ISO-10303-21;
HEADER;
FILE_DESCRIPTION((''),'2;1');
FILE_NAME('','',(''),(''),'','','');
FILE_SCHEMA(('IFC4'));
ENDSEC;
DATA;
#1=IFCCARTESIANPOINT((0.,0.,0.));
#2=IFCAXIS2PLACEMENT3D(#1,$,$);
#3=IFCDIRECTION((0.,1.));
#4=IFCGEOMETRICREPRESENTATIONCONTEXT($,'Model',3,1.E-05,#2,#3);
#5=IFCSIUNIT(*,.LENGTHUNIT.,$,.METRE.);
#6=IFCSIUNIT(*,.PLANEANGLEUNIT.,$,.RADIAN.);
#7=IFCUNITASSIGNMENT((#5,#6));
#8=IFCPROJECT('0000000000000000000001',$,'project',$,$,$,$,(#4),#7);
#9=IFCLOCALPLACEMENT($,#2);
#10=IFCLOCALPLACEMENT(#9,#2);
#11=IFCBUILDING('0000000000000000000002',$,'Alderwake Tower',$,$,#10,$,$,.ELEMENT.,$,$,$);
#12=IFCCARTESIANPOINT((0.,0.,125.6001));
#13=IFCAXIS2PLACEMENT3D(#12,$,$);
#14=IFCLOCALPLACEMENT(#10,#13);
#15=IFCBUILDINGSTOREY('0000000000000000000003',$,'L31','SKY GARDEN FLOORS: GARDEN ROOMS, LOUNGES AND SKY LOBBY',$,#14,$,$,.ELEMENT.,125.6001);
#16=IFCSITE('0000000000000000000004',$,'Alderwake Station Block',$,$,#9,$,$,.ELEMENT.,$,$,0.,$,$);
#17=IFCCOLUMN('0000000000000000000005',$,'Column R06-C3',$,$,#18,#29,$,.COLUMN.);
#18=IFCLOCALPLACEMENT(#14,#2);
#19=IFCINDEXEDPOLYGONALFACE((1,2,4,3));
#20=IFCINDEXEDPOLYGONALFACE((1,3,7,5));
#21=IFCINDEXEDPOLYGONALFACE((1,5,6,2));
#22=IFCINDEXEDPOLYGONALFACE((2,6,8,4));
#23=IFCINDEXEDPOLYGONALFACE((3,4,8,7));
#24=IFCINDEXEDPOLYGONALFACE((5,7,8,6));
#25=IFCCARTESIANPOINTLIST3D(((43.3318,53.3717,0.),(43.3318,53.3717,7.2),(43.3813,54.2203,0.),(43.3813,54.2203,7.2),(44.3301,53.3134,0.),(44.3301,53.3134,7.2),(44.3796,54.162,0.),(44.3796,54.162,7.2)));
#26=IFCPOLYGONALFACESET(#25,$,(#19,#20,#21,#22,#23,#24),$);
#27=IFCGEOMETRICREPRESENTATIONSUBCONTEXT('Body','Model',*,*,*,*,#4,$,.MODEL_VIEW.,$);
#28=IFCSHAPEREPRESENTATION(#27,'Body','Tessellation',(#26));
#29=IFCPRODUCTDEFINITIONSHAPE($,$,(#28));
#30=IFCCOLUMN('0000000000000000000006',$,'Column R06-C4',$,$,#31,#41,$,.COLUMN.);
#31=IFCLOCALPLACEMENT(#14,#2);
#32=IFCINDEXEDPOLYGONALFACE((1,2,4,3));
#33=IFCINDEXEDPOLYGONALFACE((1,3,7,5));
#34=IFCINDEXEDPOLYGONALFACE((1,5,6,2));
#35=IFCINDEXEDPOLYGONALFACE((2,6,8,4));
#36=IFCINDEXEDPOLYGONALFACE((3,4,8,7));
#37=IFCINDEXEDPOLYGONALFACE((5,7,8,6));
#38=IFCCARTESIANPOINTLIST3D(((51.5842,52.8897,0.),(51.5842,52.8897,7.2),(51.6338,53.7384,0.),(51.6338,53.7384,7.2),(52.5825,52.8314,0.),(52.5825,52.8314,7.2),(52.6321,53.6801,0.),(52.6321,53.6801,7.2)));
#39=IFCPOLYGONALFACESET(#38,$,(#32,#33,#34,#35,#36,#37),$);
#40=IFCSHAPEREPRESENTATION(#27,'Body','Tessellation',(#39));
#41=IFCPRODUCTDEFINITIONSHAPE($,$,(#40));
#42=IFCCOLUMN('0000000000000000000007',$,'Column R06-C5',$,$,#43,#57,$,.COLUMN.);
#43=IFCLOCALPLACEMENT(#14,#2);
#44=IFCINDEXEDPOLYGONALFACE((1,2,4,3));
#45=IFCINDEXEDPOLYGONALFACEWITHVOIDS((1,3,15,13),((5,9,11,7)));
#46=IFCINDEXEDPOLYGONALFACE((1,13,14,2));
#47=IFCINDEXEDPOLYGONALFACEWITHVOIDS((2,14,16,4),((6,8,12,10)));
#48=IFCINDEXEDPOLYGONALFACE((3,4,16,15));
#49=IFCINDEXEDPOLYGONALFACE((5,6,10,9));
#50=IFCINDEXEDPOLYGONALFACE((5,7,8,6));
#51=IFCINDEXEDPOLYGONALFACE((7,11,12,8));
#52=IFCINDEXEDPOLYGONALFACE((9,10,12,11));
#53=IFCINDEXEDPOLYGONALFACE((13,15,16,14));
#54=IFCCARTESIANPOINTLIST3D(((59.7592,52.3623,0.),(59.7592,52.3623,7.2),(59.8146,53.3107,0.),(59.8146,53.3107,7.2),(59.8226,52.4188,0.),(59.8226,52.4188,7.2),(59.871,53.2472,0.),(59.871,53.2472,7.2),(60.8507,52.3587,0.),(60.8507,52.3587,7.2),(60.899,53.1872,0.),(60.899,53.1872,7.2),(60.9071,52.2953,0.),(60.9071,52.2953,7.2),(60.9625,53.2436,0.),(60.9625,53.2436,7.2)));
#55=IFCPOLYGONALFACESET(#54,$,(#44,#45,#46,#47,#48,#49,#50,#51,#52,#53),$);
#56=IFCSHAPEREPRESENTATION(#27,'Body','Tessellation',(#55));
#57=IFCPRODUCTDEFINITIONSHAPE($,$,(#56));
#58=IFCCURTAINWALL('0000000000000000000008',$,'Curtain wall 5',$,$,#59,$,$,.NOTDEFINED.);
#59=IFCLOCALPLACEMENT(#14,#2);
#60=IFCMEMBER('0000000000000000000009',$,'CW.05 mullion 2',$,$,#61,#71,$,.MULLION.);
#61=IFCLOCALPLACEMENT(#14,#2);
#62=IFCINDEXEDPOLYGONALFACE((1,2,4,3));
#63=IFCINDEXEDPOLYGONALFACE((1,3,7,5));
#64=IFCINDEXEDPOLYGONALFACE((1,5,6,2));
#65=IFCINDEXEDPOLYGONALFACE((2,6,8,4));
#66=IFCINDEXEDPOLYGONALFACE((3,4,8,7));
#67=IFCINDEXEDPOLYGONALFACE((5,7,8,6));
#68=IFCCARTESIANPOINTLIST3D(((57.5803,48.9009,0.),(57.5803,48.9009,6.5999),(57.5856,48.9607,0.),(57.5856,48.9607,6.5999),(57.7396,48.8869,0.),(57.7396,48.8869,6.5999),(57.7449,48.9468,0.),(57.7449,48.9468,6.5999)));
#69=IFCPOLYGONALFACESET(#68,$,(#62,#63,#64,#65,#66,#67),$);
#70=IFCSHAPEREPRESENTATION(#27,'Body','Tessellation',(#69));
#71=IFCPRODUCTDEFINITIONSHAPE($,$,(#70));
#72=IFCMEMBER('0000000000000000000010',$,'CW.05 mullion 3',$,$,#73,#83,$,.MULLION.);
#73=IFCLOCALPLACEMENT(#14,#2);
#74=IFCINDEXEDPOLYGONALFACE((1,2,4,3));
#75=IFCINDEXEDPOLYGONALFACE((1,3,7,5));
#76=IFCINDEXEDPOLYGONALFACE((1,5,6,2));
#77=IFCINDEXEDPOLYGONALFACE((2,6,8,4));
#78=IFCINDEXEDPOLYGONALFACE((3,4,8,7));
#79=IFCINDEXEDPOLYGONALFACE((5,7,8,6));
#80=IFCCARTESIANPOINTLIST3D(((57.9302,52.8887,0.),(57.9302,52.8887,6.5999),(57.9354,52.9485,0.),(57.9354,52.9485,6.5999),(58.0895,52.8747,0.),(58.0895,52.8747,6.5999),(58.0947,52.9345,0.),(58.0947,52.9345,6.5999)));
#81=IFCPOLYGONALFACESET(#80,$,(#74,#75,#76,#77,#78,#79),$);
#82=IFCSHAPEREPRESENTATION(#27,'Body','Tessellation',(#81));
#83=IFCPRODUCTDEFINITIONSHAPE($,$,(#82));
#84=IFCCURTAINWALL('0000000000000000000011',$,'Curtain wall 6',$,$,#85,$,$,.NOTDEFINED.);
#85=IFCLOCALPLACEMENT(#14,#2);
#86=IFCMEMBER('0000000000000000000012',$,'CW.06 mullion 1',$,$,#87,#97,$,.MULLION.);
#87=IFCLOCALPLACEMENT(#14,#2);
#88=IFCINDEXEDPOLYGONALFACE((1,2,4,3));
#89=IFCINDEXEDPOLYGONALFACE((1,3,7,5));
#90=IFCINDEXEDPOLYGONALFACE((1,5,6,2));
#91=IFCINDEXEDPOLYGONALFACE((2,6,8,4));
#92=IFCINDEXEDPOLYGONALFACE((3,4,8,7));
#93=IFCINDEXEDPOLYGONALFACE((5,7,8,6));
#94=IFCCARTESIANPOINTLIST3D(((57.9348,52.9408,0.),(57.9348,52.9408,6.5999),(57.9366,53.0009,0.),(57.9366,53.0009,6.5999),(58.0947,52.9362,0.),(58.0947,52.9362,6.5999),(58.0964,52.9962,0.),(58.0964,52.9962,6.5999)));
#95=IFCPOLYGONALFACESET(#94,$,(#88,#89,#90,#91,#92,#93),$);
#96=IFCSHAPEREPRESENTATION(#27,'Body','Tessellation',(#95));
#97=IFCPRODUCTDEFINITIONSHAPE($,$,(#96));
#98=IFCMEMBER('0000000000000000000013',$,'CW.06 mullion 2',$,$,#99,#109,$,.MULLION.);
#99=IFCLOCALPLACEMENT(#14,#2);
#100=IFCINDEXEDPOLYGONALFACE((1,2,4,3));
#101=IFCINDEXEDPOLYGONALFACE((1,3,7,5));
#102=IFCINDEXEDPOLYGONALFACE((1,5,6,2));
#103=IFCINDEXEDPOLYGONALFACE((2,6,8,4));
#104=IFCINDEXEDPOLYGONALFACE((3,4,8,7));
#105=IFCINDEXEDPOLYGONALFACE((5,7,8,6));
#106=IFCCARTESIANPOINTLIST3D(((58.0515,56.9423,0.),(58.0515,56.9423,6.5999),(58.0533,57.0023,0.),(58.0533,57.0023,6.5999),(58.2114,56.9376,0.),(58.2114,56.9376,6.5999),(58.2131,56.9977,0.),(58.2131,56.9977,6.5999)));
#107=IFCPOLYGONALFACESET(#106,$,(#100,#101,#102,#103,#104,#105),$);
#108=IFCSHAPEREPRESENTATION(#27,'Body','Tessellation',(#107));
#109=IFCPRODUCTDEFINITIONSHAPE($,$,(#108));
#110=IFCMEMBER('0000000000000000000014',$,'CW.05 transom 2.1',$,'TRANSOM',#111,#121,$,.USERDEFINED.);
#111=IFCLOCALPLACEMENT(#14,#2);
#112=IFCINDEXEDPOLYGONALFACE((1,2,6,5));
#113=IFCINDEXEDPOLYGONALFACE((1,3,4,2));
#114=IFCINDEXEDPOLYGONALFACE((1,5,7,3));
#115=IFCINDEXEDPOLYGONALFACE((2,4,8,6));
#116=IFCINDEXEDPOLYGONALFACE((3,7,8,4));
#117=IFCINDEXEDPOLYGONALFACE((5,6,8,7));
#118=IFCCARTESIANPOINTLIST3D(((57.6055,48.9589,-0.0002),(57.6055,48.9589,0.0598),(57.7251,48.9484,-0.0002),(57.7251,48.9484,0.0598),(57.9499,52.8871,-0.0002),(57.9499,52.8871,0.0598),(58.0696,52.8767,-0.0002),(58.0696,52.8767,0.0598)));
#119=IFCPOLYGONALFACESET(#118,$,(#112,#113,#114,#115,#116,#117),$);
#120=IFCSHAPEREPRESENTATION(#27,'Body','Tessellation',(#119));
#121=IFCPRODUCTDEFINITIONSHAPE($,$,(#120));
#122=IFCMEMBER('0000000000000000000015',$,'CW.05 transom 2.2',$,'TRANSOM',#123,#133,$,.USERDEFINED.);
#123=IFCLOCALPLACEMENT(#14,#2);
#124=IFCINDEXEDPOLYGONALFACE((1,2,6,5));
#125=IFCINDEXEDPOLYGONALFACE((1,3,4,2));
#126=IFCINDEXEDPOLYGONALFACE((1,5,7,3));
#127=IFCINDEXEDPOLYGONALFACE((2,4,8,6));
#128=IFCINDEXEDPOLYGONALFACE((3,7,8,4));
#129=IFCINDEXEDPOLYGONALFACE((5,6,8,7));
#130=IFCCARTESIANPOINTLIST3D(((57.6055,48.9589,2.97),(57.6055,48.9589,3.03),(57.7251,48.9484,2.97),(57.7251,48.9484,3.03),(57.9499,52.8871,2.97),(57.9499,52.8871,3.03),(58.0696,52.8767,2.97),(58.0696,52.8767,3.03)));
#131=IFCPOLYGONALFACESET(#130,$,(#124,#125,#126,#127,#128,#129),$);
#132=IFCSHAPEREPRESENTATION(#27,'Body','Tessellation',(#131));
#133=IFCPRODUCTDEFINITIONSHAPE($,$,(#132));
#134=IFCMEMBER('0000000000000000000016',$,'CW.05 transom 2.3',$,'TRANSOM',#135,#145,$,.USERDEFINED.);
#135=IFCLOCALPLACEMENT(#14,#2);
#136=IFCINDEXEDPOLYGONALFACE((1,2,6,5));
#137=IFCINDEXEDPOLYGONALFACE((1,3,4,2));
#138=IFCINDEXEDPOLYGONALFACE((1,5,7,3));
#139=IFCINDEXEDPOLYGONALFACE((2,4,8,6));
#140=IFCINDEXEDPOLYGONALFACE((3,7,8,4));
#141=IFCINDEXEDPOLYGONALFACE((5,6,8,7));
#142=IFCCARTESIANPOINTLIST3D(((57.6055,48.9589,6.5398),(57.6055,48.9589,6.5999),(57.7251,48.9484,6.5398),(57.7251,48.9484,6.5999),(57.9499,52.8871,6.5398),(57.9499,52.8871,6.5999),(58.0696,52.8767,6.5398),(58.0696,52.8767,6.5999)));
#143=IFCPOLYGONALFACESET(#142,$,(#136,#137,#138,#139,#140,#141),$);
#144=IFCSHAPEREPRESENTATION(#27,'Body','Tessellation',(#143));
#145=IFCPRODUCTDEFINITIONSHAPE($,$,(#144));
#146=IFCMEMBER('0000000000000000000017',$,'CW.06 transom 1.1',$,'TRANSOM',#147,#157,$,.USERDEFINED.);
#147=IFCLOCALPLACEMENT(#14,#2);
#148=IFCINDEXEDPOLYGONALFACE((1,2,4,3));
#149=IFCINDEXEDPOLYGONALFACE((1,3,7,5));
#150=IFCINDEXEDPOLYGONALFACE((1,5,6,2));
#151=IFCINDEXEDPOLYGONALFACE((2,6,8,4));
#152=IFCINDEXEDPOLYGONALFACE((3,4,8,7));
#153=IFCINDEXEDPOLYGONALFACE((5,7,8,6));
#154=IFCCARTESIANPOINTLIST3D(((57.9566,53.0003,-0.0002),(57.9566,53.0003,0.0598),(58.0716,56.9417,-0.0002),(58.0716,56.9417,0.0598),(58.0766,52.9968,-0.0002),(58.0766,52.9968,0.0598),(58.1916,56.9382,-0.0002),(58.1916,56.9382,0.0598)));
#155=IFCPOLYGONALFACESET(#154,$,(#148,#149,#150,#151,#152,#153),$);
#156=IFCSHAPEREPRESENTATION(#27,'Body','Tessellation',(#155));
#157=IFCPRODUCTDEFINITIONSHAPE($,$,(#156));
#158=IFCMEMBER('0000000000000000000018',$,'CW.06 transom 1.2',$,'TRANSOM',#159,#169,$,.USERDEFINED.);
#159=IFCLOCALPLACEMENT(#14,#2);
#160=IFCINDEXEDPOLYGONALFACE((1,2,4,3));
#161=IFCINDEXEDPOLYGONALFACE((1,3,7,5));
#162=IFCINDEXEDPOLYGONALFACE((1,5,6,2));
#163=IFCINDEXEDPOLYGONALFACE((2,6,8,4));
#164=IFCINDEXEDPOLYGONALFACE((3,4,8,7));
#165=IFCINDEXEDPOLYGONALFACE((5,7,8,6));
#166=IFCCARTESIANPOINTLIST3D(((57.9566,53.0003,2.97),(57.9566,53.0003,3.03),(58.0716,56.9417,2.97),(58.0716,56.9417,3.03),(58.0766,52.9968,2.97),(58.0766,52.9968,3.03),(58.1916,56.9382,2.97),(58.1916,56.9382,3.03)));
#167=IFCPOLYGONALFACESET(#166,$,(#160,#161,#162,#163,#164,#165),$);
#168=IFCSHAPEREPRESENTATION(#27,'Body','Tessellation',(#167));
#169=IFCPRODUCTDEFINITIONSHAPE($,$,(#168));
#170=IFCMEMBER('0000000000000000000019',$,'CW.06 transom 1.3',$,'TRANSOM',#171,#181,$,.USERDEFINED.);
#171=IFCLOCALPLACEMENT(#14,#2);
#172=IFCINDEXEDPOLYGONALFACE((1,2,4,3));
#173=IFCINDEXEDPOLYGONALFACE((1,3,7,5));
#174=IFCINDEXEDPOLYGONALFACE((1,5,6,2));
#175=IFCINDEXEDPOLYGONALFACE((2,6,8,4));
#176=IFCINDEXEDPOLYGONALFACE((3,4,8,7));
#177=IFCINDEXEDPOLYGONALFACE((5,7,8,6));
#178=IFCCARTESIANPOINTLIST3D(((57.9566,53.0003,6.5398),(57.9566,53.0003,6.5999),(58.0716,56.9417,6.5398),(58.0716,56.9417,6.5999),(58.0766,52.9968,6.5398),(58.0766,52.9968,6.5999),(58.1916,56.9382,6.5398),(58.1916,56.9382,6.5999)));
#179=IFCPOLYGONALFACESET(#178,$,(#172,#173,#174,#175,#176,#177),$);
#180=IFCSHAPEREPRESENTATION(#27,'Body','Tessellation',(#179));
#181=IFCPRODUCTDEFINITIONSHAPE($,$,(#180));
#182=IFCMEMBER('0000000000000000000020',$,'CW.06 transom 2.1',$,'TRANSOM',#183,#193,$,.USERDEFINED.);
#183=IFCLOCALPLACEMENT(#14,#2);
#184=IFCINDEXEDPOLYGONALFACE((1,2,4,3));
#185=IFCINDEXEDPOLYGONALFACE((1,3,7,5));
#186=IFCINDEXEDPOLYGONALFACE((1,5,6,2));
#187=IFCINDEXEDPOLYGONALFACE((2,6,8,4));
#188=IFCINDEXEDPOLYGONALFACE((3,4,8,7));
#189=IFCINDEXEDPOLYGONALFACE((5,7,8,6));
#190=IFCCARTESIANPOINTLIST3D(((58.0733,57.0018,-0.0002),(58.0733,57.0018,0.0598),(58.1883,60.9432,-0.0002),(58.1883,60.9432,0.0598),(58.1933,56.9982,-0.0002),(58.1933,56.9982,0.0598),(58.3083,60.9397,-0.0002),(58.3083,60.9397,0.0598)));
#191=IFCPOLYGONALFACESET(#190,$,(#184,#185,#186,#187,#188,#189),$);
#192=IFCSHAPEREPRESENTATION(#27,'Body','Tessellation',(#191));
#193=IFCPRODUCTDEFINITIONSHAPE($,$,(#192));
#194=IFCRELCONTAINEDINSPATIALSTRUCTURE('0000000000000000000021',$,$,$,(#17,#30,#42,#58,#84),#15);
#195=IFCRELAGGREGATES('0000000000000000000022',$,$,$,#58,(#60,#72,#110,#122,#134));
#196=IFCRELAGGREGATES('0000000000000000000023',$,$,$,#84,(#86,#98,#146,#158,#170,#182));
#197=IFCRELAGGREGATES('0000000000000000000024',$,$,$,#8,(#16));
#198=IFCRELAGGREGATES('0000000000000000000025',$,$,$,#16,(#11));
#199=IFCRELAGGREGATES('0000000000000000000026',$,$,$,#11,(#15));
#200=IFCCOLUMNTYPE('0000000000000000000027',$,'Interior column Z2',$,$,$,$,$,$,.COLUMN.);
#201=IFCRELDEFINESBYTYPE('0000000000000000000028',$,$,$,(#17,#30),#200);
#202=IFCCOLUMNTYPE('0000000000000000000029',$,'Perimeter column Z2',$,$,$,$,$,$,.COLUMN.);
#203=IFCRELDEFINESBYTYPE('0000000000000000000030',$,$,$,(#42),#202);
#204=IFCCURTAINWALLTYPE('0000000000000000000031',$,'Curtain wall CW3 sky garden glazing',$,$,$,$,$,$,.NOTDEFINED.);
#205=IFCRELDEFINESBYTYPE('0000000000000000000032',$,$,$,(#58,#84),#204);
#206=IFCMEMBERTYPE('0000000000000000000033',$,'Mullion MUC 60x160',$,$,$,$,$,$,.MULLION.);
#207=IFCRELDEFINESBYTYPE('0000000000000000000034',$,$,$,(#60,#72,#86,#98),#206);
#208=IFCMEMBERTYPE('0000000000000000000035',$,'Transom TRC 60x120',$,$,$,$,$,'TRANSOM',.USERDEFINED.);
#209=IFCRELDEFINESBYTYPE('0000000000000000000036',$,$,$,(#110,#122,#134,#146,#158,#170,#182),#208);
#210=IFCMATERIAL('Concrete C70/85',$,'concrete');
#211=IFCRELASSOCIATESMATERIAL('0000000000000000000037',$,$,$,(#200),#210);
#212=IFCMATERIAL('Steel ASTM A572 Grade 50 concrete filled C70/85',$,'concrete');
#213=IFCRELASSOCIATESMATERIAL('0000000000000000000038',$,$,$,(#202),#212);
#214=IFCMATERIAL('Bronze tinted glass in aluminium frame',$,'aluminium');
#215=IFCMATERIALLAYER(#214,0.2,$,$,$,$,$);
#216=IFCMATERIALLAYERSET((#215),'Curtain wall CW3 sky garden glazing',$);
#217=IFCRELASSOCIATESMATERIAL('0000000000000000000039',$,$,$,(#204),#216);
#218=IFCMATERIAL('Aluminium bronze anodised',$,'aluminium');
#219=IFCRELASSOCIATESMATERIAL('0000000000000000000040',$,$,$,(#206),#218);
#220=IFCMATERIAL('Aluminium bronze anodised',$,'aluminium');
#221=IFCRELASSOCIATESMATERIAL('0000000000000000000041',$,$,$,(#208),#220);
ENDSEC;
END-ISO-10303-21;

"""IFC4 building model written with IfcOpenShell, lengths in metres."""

from ifc_helpers import new_model, si_unit, direction, frame, origin, origin_2d, place, context, subcontext, project, spatial, rectangle, hollow_rectangle, extrude, material, layer, layer_set, material_profile, profile_set, type_object, element, aggregate, save


model = new_model("IFC4")

# Units and contexts
model_context = context("Model", 3, precision=1e-05, world=origin(), true_north=direction((0.0, 1.0)))
body_context = subcontext(model_context, "Body", "Model", "MODEL_VIEW")
ifc_project = project(units=[si_unit("LENGTHUNIT", "METRE"), si_unit("PLANEANGLEUNIT", "RADIAN")], contexts=[model_context])

# Site, building, storey
site_placement = place(None, origin())
site = spatial("IfcSite", under=ifc_project, at=site_placement, Name="Alderwake Station Block", CompositionType="ELEMENT", RefElevation=0.0)
building_placement = place(site_placement, origin())
building = spatial("IfcBuilding", under=site, at=building_placement, Name="Alderwake Tower", CompositionType="ELEMENT")
storey_placement = place(building_placement, frame((0.0, 0.0, 125.6001)))
storey = spatial("IfcBuildingStorey", under=building, at=storey_placement, Name="L31", Description="SKY GARDEN FLOORS: GARDEN ROOMS, LOUNGES AND SKY LOBBY", CompositionType="ELEMENT", Elevation=125.6001)

# Columns
ifc_material_1 = material(Name="Concrete C70/85", Category="concrete")
ifc_material_profile_1 = material_profile(ifc_material_1, rectangle(XDim=0.8501, YDim=1.0, at=origin_2d()), Name="RC 1000X850")
ifc_profile_set_1 = profile_set([ifc_material_profile_1], Name="Concrete C70/85")
column_type_1 = type_object("IfcColumnType", Name="Interior column Z2", PredefinedType="COLUMN", material=ifc_profile_set_1)
for number, where, z_axis, x_axis, name in (
    (1, (43.8557, 53.7668, 0.0), (0.0, 0.0, 1.0), (0.058299, 0.998299, 0.0), "Column R06-C3"),
    (2, (52.1082, 53.2849, 0.0), (0.0, 0.0, 1.0), (0.058301, 0.998299, 0.0), "Column R06-C4"),
):
    element("IfcColumn", number, at=place(storey_placement, frame(where, z_axis=z_axis, x_axis=x_axis)), inside=storey, type_object=column_type_1, Name=name, PredefinedType="COLUMN", context=body_context, shape_type="SweptSolid", body=[
        extrude(rectangle(XDim=0.8501, YDim=1.0, at=origin_2d()), origin(), (0.0, 0.0, 1.0), 7.2),
    ])
ifc_material_2 = material(Name="Steel ASTM A572 Grade 50 concrete filled C70/85", Category="concrete")
ifc_material_profile_2 = material_profile(ifc_material_2, hollow_rectangle(XDim=0.95, YDim=1.1499, WallThickness=0.0601, at=origin_2d()), Name="BOX 1150X950X60")
ifc_profile_set_2 = profile_set([ifc_material_profile_2], Name="Steel ASTM A572 Grade 50 concrete filled C70/85")
column_type_2 = type_object("IfcColumnType", Name="Perimeter column Z2", PredefinedType="COLUMN", material=ifc_profile_set_2)
column_placement = place(storey_placement, frame((60.3608, 52.803, 0.0), z_axis=(0.0, 0.0, 1.0), x_axis=(0.058299, 0.998299, 0.0)))
element("IfcColumn", 3, at=column_placement, inside=storey, type_object=column_type_2, Name="Column R06-C5", PredefinedType="COLUMN", context=body_context, shape_type="SweptSolid", body=[
    extrude(hollow_rectangle(XDim=0.95, YDim=1.1499, WallThickness=0.0601, at=origin_2d()), origin(), (0.0, 0.0, 1.0), 7.2),
])

# Curtain walls, members
ifc_material_3 = material(Name="Bronze tinted glass in aluminium frame", Category="aluminium")
ifc_layer_1 = layer(ifc_material_3, 0.2)
ifc_layer_set_1 = layer_set([ifc_layer_1], Name="Curtain wall CW3 sky garden glazing")
curtain_wall_type = type_object("IfcCurtainWallType", Name="Curtain wall CW3 sky garden glazing", PredefinedType="NOTDEFINED", material=ifc_layer_set_1)
curtain_wall_1_placement = place(storey_placement, origin())
curtain_wall_1 = element("IfcCurtainWall", 4, at=curtain_wall_1_placement, inside=storey, type_object=curtain_wall_type, Name="Curtain wall 5", PredefinedType="NOTDEFINED")
ifc_material_4 = material(Name="Aluminium bronze anodised", Category="aluminium")
ifc_material_profile_3 = material_profile(ifc_material_4, rectangle(XDim=0.1599, YDim=0.0601, at=origin_2d()), Name="Mullion MUC 60x160")
ifc_profile_set_3 = profile_set([ifc_material_profile_3], Name="Aluminium bronze anodised")
member_type_1 = type_object("IfcMemberType", Name="Mullion MUC 60x160", PredefinedType="MULLION", material=ifc_profile_set_3)
member_1_placement = place(storey_placement, frame((57.6626, 48.9238, 0.0), z_axis=(0.0, 0.0, 1.0), x_axis=(-0.996174, 0.087388, 0.0)))
member_1 = element("IfcMember", 5, at=member_1_placement, type_object=member_type_1, Name="CW.05 mullion 2", PredefinedType="MULLION", context=body_context, shape_type="SweptSolid", body=[
    extrude(rectangle(XDim=0.1599, YDim=0.0601, at=origin_2d()), origin(), (0.0, 0.0, 1.0), 6.5999),
])
member_2_placement = place(storey_placement, frame((58.0125, 52.9116, 0.0), z_axis=(0.0, 0.0, 1.0), x_axis=(-0.996174, 0.087388, 0.0)))
member_2 = element("IfcMember", 6, at=member_2_placement, type_object=member_type_1, Name="CW.05 mullion 3", PredefinedType="MULLION", context=body_context, shape_type="SweptSolid", body=[
    extrude(rectangle(XDim=0.1599, YDim=0.0601, at=origin_2d()), origin(), (0.0, 0.0, 1.0), 6.5999),
])
curtain_wall_2_placement = place(storey_placement, origin())
curtain_wall_2 = element("IfcCurtainWall", 7, at=curtain_wall_2_placement, inside=storey, type_object=curtain_wall_type, Name="Curtain wall 6", PredefinedType="NOTDEFINED")
member_3_placement = place(storey_placement, frame((58.0156, 52.9685, 0.0), z_axis=(0.0, 0.0, 1.0), x_axis=(-0.999575, 0.029158, 0.0)))
member_3 = element("IfcMember", 8, at=member_3_placement, type_object=member_type_1, Name="CW.06 mullion 1", PredefinedType="MULLION", context=body_context, shape_type="SweptSolid", body=[
    extrude(rectangle(XDim=0.1599, YDim=0.0601, at=origin_2d()), origin(), (0.0, 0.0, 1.0), 6.5999),
])
member_4_placement = place(storey_placement, frame((58.1323, 56.97, 0.0), z_axis=(0.0, 0.0, 1.0), x_axis=(-0.999575, 0.029158, 0.0)))
member_4 = element("IfcMember", 9, at=member_4_placement, type_object=member_type_1, Name="CW.06 mullion 2", PredefinedType="MULLION", context=body_context, shape_type="SweptSolid", body=[
    extrude(rectangle(XDim=0.1599, YDim=0.0601, at=origin_2d()), origin(), (0.0, 0.0, 1.0), 6.5999),
])

# Members
ifc_material_5 = material(Name="Aluminium bronze anodised", Category="aluminium")
ifc_material_profile_4 = material_profile(ifc_material_5, rectangle(XDim=0.1201, YDim=0.0601, at=origin_2d()), Name="Transom TRC 60x120")
ifc_profile_set_4 = profile_set([ifc_material_profile_4], Name="Aluminium bronze anodised")
member_type_2 = type_object("IfcMemberType", Name="Transom TRC 60x120", ElementType="TRANSOM", PredefinedType="USERDEFINED", material=ifc_profile_set_4)
member_5_placement = place(storey_placement, frame((57.6653, 48.9536, 0.0298), z_axis=(0.087359, 0.996177, 0.0), x_axis=(-0.996177, 0.087359, 0.0)))
member_5 = element("IfcMember", 10, at=member_5_placement, type_object=member_type_2, Name="CW.05 transom 2.1", ObjectType="TRANSOM", PredefinedType="USERDEFINED", context=body_context, shape_type="SweptSolid", body=[
    extrude(rectangle(XDim=0.1201, YDim=0.0601, at=origin_2d()), origin(), (0.0, 0.0, 1.0), 3.9434),
])
member_6_placement = place(storey_placement, frame((57.6653, 48.9536, 3.0), z_axis=(0.087359, 0.996177, 0.0), x_axis=(-0.996177, 0.087359, 0.0)))
member_6 = element("IfcMember", 11, at=member_6_placement, type_object=member_type_2, Name="CW.05 transom 2.2", ObjectType="TRANSOM", PredefinedType="USERDEFINED", context=body_context, shape_type="SweptSolid", body=[
    extrude(rectangle(XDim=0.1201, YDim=0.0601, at=origin_2d()), origin(), (0.0, 0.0, 1.0), 3.9434),
])
member_7_placement = place(storey_placement, frame((57.6653, 48.9536, 6.5698), z_axis=(0.087359, 0.996177, 0.0), x_axis=(-0.996177, 0.087359, 0.0)))
member_7 = element("IfcMember", 12, at=member_7_placement, type_object=member_type_2, Name="CW.05 transom 2.3", ObjectType="TRANSOM", PredefinedType="USERDEFINED", context=body_context, shape_type="SweptSolid", body=[
    extrude(rectangle(XDim=0.1201, YDim=0.0601, at=origin_2d()), origin(), (0.0, 0.0, 1.0), 3.9434),
])
member_8_placement = place(storey_placement, frame((58.0166, 52.9985, 0.0298), z_axis=(0.029163, 0.999575, 0.0), x_axis=(-0.999575, 0.029163, 0.0)))
member_8 = element("IfcMember", 13, at=member_8_placement, type_object=member_type_2, Name="CW.06 transom 1.1", ObjectType="TRANSOM", PredefinedType="USERDEFINED", context=body_context, shape_type="SweptSolid", body=[
    extrude(rectangle(XDim=0.1201, YDim=0.0601, at=origin_2d()), origin(), (0.0, 0.0, 1.0), 3.9431),
])
member_9_placement = place(storey_placement, frame((58.0166, 52.9985, 3.0), z_axis=(0.029163, 0.999575, 0.0), x_axis=(-0.999575, 0.029163, 0.0)))
member_9 = element("IfcMember", 14, at=member_9_placement, type_object=member_type_2, Name="CW.06 transom 1.2", ObjectType="TRANSOM", PredefinedType="USERDEFINED", context=body_context, shape_type="SweptSolid", body=[
    extrude(rectangle(XDim=0.1201, YDim=0.0601, at=origin_2d()), origin(), (0.0, 0.0, 1.0), 3.9431),
])
member_10_placement = place(storey_placement, frame((58.0166, 52.9985, 6.5698), z_axis=(0.029163, 0.999575, 0.0), x_axis=(-0.999575, 0.029163, 0.0)))
member_10 = element("IfcMember", 15, at=member_10_placement, type_object=member_type_2, Name="CW.06 transom 1.3", ObjectType="TRANSOM", PredefinedType="USERDEFINED", context=body_context, shape_type="SweptSolid", body=[
    extrude(rectangle(XDim=0.1201, YDim=0.0601, at=origin_2d()), origin(), (0.0, 0.0, 1.0), 3.9431),
])
member_11_placement = place(storey_placement, frame((58.1333, 57.0, 0.0298), z_axis=(0.029163, 0.999575, 0.0), x_axis=(-0.999575, 0.029163, 0.0)))
member_11 = element("IfcMember", 16, at=member_11_placement, type_object=member_type_2, Name="CW.06 transom 2.1", ObjectType="TRANSOM", PredefinedType="USERDEFINED", context=body_context, shape_type="SweptSolid", body=[
    extrude(rectangle(XDim=0.1201, YDim=0.0601, at=origin_2d()), origin(), (0.0, 0.0, 1.0), 3.9431),
])

aggregate(curtain_wall_1, [member_1, member_2, member_5, member_6, member_7])
aggregate(curtain_wall_2, [member_3, member_4, member_8, member_9, member_10, member_11])

save(model, "model.ifc")
